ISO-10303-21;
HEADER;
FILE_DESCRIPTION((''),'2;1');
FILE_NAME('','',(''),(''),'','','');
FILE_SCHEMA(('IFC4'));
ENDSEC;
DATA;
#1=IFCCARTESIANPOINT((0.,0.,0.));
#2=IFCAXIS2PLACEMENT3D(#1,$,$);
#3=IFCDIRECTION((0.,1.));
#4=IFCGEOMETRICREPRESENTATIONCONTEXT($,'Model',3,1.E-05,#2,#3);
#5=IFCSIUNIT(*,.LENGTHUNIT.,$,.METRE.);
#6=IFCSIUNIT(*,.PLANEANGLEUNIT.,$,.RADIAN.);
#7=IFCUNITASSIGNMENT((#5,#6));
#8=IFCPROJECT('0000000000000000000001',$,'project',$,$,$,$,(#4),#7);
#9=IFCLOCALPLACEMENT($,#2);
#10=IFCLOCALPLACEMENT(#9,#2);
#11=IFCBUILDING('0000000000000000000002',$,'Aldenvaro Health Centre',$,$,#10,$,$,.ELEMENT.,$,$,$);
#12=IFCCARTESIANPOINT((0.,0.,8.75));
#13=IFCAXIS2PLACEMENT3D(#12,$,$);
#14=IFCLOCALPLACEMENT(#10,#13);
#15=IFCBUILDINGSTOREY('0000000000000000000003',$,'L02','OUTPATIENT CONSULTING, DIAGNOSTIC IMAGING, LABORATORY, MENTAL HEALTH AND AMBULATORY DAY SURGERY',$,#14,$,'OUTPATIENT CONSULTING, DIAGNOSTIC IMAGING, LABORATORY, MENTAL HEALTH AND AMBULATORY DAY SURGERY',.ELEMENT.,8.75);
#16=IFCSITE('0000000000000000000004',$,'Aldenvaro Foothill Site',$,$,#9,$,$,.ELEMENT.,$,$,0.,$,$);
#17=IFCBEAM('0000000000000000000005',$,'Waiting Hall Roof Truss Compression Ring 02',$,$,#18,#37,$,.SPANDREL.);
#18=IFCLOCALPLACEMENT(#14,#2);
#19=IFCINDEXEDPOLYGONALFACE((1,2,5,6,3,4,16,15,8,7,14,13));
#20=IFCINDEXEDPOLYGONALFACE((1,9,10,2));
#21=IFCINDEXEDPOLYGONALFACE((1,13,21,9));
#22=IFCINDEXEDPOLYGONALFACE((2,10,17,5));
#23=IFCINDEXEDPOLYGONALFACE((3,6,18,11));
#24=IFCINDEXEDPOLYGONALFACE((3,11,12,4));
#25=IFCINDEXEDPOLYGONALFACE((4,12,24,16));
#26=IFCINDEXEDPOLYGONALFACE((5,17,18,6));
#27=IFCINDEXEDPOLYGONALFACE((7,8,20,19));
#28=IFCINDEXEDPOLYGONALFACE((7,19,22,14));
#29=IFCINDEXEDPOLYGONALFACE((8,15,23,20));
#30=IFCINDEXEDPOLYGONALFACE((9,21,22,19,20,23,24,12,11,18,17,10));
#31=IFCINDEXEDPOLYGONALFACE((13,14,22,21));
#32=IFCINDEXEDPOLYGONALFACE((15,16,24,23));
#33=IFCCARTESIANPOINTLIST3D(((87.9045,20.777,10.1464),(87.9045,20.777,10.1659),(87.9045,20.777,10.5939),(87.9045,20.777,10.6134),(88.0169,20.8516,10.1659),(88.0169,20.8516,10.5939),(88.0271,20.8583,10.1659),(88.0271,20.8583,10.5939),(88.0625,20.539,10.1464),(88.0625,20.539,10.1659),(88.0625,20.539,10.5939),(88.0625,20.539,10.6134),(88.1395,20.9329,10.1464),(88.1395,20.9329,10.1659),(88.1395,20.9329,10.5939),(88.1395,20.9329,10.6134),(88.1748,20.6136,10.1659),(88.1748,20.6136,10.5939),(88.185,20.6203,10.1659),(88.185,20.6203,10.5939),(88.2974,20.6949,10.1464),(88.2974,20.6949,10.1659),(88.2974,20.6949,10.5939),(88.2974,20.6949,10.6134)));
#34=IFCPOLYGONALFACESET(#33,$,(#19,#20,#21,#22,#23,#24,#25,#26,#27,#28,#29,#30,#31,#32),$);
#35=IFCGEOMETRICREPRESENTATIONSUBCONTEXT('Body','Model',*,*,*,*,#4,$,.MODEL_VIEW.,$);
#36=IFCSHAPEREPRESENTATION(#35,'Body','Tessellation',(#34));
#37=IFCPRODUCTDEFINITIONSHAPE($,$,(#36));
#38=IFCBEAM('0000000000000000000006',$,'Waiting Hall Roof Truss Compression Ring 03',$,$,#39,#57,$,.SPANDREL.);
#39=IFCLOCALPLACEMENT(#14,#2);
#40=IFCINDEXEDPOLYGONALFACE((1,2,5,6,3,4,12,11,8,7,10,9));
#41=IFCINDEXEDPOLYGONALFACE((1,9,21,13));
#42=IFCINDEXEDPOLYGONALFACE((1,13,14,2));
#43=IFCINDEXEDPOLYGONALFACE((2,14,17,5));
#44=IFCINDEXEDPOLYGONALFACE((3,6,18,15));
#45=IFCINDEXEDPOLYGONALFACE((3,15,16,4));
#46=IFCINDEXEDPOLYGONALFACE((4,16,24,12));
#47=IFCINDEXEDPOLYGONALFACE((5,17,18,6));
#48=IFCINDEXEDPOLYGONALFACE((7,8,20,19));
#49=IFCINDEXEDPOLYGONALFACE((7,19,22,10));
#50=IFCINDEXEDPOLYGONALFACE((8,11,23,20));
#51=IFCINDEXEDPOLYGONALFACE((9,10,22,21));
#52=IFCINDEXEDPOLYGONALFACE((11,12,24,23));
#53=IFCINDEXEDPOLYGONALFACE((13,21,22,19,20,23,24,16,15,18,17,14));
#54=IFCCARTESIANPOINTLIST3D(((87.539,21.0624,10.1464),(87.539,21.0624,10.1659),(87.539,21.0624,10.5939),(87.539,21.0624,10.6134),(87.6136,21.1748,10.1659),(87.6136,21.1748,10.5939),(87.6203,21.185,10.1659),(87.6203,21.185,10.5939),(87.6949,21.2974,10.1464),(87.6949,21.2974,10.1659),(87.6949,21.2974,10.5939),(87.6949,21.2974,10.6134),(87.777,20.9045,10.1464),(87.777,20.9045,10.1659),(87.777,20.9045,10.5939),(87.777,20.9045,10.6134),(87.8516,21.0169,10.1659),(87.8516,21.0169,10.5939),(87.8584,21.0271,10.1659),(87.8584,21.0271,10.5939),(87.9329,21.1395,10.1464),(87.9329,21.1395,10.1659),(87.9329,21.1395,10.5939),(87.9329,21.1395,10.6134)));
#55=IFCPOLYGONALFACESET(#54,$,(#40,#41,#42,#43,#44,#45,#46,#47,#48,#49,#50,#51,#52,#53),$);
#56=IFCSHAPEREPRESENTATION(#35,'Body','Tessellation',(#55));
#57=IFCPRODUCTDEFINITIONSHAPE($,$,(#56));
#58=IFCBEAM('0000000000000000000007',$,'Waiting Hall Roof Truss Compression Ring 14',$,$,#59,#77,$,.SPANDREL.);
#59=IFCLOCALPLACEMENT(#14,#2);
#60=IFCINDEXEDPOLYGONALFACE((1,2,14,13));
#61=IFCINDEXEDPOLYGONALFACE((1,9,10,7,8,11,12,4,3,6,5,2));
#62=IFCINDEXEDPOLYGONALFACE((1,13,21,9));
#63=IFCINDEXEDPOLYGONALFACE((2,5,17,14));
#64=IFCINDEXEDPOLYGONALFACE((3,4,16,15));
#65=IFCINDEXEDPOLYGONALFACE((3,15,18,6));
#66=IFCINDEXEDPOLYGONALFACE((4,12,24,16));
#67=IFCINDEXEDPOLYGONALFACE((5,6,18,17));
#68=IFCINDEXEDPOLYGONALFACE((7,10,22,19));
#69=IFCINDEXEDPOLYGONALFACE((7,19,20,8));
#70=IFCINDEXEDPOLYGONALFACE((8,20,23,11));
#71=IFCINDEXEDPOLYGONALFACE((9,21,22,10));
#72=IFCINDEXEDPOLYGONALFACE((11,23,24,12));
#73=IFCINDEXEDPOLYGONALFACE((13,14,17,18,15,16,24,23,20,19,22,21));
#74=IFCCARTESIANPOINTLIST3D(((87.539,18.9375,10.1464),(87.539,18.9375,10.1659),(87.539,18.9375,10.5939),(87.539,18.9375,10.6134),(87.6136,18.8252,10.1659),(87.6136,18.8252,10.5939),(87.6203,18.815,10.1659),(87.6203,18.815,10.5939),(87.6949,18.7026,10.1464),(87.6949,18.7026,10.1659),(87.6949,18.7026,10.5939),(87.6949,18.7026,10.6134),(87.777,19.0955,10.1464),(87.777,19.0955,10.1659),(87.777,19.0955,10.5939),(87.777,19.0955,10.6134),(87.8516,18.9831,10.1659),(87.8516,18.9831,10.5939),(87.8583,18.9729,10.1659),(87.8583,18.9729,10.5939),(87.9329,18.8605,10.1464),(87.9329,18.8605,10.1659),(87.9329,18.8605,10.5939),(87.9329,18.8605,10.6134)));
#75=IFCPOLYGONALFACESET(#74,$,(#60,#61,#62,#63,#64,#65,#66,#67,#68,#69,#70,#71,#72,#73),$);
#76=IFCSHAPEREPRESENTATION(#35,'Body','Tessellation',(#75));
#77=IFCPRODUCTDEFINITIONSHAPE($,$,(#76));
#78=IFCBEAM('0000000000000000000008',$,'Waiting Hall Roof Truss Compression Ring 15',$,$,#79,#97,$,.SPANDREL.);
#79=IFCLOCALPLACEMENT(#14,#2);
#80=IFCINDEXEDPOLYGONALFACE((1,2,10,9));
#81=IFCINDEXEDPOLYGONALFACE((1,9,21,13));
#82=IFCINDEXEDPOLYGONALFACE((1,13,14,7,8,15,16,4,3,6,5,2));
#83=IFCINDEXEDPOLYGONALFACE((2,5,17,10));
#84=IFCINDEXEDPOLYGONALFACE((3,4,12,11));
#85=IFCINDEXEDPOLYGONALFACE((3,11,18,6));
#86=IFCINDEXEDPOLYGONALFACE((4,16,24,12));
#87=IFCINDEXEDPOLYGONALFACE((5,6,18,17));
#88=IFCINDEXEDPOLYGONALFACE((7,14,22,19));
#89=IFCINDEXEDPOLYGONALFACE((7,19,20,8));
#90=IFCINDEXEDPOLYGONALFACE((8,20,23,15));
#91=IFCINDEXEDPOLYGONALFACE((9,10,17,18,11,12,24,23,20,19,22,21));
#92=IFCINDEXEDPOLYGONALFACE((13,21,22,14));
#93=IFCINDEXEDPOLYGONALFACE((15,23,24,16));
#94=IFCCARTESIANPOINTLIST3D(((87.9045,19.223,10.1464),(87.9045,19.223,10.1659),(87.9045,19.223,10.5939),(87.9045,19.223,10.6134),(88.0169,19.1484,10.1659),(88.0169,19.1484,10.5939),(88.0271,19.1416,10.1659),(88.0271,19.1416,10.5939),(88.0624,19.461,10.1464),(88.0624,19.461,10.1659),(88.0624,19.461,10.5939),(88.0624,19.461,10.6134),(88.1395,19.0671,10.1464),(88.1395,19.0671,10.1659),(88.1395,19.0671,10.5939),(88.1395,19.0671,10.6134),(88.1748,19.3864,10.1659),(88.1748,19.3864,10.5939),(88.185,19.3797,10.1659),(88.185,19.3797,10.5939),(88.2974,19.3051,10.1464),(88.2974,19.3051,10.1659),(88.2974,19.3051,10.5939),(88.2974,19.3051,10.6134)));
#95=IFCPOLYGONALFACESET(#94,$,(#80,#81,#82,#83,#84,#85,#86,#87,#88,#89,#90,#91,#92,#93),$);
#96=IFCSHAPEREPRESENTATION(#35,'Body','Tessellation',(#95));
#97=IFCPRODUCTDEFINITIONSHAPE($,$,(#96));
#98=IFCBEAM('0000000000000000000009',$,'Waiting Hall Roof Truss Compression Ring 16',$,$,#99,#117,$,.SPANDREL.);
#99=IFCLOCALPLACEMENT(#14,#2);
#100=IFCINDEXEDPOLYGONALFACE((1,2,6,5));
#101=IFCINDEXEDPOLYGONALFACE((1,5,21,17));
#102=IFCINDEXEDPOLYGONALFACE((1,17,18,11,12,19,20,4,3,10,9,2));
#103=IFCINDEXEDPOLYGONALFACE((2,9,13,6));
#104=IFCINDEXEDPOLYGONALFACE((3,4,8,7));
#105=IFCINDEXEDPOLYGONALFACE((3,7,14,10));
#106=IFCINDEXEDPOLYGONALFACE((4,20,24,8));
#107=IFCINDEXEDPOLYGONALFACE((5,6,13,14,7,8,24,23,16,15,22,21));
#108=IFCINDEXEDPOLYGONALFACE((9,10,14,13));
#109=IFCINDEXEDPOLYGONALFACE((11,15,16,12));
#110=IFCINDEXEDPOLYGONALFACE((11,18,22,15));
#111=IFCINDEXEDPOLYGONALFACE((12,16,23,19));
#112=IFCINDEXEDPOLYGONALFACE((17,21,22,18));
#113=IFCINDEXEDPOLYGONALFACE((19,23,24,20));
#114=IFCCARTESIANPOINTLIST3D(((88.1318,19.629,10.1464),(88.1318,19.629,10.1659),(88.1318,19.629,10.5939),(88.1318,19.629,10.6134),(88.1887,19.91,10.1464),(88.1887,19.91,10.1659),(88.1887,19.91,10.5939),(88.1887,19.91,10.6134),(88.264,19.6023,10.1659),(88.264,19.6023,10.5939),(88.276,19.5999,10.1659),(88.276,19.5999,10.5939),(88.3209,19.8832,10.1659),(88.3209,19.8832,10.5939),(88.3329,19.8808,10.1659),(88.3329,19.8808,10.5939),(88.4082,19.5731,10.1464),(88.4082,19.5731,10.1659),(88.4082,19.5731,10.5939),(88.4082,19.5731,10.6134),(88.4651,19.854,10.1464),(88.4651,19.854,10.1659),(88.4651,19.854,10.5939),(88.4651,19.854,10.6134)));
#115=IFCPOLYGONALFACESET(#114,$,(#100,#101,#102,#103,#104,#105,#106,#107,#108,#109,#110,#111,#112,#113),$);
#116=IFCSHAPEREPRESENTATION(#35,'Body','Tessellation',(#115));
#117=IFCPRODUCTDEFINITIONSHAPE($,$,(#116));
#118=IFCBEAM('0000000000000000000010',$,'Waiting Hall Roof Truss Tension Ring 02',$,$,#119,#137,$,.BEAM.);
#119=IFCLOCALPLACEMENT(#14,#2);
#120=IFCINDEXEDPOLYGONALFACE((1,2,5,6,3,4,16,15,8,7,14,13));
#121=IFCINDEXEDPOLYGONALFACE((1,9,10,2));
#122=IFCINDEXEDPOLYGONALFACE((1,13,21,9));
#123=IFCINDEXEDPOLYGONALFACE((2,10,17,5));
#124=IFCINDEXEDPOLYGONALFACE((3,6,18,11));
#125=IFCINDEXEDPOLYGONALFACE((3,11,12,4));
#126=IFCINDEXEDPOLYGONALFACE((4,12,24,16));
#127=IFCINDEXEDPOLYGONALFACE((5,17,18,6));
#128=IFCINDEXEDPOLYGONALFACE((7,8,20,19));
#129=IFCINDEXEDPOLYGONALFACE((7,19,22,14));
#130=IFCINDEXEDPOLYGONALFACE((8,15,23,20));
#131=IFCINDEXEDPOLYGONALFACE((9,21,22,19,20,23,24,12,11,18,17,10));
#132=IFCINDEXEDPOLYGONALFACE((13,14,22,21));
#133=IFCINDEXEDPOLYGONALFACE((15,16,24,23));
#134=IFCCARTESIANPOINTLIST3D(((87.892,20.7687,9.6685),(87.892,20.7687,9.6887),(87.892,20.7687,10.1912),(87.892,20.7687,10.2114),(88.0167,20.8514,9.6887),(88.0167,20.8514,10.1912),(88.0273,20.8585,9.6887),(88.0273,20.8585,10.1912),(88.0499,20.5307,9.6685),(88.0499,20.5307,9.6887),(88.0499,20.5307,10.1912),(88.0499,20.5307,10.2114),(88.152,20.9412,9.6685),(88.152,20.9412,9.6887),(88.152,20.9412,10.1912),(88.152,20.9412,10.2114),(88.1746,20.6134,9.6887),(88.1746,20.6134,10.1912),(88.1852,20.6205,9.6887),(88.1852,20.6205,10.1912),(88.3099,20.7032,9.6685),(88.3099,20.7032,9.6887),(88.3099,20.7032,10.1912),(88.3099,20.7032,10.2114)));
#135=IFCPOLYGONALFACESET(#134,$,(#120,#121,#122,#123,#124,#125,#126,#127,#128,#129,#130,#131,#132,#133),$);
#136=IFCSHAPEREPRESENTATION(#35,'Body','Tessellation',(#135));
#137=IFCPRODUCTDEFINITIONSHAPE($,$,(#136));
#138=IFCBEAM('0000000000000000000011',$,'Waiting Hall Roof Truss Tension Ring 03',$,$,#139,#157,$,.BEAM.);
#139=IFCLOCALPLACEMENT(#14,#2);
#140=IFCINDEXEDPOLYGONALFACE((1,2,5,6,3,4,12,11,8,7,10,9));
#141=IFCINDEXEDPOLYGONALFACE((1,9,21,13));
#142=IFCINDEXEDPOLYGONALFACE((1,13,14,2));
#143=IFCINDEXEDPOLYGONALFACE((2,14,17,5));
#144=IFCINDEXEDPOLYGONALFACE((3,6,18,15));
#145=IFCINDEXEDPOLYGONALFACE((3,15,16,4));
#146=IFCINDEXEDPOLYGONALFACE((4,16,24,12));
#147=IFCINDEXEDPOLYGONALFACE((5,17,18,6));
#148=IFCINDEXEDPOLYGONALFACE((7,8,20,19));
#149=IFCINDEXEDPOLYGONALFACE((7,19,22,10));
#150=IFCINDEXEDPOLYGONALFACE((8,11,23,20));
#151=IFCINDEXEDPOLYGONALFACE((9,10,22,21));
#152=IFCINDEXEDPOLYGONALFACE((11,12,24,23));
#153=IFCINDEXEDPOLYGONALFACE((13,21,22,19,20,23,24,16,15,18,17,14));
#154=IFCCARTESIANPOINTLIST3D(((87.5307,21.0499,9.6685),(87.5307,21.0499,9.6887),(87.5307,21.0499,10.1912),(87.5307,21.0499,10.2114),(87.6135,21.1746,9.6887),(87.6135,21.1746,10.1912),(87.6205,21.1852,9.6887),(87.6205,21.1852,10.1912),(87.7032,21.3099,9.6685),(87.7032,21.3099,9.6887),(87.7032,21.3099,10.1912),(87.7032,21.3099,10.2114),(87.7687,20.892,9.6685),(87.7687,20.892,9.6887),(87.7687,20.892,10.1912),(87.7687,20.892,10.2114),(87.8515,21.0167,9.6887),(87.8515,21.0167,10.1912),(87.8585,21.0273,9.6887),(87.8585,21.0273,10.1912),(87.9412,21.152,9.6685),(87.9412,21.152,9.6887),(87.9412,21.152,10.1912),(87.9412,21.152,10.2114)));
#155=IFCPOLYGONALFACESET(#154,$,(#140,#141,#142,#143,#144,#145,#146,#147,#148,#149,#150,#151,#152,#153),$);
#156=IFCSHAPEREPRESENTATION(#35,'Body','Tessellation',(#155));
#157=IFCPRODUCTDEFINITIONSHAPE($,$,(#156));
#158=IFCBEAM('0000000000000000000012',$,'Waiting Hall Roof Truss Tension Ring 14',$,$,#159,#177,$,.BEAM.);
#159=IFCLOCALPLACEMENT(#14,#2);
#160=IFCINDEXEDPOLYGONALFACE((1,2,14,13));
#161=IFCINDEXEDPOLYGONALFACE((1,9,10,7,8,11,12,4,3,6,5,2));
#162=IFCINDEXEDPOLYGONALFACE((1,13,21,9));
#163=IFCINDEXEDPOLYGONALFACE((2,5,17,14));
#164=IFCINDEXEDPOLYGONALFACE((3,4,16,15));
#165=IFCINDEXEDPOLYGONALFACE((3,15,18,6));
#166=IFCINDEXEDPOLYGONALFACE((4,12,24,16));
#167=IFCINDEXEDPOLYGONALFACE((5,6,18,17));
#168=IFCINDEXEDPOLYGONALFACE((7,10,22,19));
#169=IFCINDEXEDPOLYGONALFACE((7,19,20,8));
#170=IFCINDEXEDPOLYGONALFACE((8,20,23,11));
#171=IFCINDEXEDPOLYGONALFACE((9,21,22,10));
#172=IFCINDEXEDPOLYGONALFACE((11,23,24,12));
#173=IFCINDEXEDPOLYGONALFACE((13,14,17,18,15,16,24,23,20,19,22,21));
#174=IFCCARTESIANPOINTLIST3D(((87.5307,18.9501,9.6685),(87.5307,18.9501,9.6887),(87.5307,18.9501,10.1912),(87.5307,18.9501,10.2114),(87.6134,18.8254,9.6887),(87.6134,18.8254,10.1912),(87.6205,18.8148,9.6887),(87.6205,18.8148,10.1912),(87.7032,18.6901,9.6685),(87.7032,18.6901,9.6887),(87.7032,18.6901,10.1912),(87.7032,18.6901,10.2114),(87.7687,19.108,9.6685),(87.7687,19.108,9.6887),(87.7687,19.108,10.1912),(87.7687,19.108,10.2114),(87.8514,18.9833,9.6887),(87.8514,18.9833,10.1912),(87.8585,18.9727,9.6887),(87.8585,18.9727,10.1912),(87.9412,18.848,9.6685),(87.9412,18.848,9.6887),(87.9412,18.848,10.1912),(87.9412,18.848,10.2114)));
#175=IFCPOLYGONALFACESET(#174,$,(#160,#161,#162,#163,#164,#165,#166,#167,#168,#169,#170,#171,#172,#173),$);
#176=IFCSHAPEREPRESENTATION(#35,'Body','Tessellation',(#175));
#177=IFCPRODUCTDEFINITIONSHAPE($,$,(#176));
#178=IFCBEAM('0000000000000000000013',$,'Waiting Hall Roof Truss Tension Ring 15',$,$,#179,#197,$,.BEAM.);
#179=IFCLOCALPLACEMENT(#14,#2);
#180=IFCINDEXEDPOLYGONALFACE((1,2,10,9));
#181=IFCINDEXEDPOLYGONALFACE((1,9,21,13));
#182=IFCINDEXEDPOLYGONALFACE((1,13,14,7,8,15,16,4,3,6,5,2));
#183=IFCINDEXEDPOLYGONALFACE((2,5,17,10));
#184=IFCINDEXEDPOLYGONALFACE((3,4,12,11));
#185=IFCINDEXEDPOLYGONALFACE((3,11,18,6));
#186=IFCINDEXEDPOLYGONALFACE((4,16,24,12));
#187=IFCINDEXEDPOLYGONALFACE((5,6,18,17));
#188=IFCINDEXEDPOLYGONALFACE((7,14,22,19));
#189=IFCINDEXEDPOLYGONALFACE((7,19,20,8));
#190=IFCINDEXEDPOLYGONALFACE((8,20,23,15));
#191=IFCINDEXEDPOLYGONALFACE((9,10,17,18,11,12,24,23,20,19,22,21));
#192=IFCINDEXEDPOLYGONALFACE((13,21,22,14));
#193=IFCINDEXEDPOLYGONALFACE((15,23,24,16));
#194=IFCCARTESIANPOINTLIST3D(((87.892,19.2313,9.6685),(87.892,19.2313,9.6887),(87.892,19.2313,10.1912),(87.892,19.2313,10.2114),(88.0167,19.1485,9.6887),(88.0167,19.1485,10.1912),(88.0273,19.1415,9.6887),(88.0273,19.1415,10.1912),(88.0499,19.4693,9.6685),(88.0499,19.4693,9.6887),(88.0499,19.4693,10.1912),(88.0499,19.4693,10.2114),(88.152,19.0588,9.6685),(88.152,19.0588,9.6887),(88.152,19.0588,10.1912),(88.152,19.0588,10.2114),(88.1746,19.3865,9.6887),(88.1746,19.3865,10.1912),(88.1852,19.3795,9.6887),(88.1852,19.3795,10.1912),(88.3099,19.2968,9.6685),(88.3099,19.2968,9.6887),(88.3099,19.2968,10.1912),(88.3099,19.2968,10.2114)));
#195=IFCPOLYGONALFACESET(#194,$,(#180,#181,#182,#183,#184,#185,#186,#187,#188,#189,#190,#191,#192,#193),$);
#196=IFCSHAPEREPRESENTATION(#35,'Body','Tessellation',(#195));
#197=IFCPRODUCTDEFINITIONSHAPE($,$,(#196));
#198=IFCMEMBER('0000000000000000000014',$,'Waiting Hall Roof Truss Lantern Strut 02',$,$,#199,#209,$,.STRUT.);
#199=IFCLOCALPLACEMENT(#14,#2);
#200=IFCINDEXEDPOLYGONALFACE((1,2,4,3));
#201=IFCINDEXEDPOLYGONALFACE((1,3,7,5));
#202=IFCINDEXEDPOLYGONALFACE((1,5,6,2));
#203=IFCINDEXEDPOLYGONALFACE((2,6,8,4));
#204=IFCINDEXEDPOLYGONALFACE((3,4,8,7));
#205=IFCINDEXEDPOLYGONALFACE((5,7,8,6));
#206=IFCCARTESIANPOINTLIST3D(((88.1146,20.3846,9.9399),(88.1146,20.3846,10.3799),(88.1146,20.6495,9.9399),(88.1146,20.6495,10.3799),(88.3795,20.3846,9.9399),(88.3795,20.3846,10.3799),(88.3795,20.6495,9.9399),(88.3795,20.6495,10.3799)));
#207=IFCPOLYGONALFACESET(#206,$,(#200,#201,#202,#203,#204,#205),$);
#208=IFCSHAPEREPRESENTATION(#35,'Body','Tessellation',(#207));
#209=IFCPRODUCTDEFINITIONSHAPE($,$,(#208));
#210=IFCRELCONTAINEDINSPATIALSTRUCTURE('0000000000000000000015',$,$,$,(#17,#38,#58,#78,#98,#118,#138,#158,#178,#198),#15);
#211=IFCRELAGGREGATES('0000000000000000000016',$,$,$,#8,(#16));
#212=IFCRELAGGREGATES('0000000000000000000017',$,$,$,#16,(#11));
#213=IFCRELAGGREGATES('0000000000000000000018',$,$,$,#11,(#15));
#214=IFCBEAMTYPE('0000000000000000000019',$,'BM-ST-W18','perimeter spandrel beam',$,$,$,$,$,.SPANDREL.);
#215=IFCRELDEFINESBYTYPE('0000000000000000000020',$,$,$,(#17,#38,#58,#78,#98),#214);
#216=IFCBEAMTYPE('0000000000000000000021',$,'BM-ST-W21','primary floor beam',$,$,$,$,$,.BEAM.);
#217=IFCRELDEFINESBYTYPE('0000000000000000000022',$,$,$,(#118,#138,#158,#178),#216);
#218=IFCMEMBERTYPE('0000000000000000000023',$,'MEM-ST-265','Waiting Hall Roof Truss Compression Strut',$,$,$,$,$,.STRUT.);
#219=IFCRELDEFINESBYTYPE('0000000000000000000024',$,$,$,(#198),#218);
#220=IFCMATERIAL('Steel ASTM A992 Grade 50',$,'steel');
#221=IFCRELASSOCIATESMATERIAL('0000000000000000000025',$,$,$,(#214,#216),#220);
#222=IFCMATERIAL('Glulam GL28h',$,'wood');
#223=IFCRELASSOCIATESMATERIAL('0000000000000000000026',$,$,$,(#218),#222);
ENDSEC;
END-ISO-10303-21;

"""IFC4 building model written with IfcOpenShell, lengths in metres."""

from ifc_helpers import new_model, si_unit, direction, frame, origin, origin_2d, place, context, subcontext, project, spatial, rectangle, i_section, extrude, material, material_profile, profile_set, type_object, element, save


model = new_model("IFC4")

# Units and contexts
model_context = context("Model", 3, precision=1e-05, world=origin(), true_north=direction((0.0, 1.0)))
body_context = subcontext(model_context, "Body", "Model", "MODEL_VIEW")
ifc_project = project(units=[si_unit("LENGTHUNIT", "METRE"), si_unit("PLANEANGLEUNIT", "RADIAN")], contexts=[model_context])

# Site, building, storey
site_placement = place(None, origin())
site = spatial("IfcSite", under=ifc_project, at=site_placement, Name="Aldenvaro Foothill Site", CompositionType="ELEMENT", RefElevation=0.0)
building_placement = place(site_placement, origin())
building = spatial("IfcBuilding", under=site, at=building_placement, Name="Aldenvaro Health Centre", CompositionType="ELEMENT")
storey_placement = place(building_placement, frame((0.0, 0.0, 8.75)))
storey = spatial("IfcBuildingStorey", under=building, at=storey_placement, Name="L02", Description="OUTPATIENT CONSULTING, DIAGNOSTIC IMAGING, LABORATORY, MENTAL HEALTH AND AMBULATORY DAY SURGERY", LongName="OUTPATIENT CONSULTING, DIAGNOSTIC IMAGING, LABORATORY, MENTAL HEALTH AND AMBULATORY DAY SURGERY", CompositionType="ELEMENT", Elevation=8.75)

# Beams
ifc_material_1 = material(Name="Steel ASTM A992 Grade 50", Category="steel")
ifc_material_profile_1 = material_profile(ifc_material_1, i_section(OverallWidth=0.282, OverallDepth=0.467, WebThickness=0.0122, FlangeThickness=0.0195, at=origin_2d()), Name="W18X86", Category="steel")
ifc_profile_set_1 = profile_set([ifc_material_profile_1], Name="Steel ASTM A992 Grade 50")
beam_type_1 = type_object("IfcBeamType", Name="BM-ST-W18", Description="perimeter spandrel beam", PredefinedType="SPANDREL", material=ifc_profile_set_1)
for number, where, z_axis, x_axis, name in (
    (1, (88.1799, 20.6169, 10.3799), (-0.552924, 0.833232, 0.0), (-0.833232, -0.552924, 0.0), "Waiting Hall Roof Truss Compression Ring 02"),
    (2, (87.855, 21.022, 10.3799), (-0.833232, 0.552924, 0.0), (-0.552924, -0.833232, 0.0), "Waiting Hall Roof Truss Compression Ring 03"),
    (3, (87.6169, 18.8201, 10.3799), (0.833232, 0.552924, 0.0), (-0.552924, 0.833232, 0.0), "Waiting Hall Roof Truss Compression Ring 14"),
    (4, (88.022, 19.145, 10.3799), (0.552924, 0.833232, 0.0), (-0.833232, 0.552924, 0.0), "Waiting Hall Roof Truss Compression Ring 15"),
):
    element("IfcBeam", number, at=place(storey_placement, frame(where, z_axis=z_axis, x_axis=x_axis)), inside=storey, type_object=beam_type_1, Name=name, PredefinedType="SPANDREL", context=body_context, shape_type="SweptSolid", body=[
        extrude(i_section(OverallWidth=0.282, OverallDepth=0.467, WebThickness=0.0122, FlangeThickness=0.0195, at=origin_2d()), origin(), (0.0, 0.0, 1.0), 0.2856),
    ])
beam_placement = place(storey_placement, frame((88.27, 19.6011, 10.3799), z_axis=(0.198408, 0.980119, 0.0), x_axis=(-0.980119, 0.198408, 0.0)))
element("IfcBeam", 5, at=beam_placement, inside=storey, type_object=beam_type_1, Name="Waiting Hall Roof Truss Compression Ring 16", PredefinedType="SPANDREL", context=body_context, shape_type="SweptSolid", body=[
    extrude(i_section(OverallWidth=0.282, OverallDepth=0.467, WebThickness=0.0122, FlangeThickness=0.0195, at=origin_2d()), origin(), (0.0, 0.0, 1.0), 0.2866),
])
ifc_material_profile_2 = material_profile(ifc_material_1, i_section(OverallWidth=0.312, OverallDepth=0.543, WebThickness=0.0127, FlangeThickness=0.0203, at=origin_2d()), Name="W21X101", Category="steel")
ifc_profile_set_2 = profile_set([ifc_material_profile_2], Name="Steel ASTM A992 Grade 50")
beam_type_2 = type_object("IfcBeamType", Name="BM-ST-W21", Description="primary floor beam", PredefinedType="BEAM", material=ifc_profile_set_2)
for number, where, z_axis, x_axis, name in (
    (6, (88.1799, 20.6169, 9.9399), (-0.552924, 0.833232, 0.0), (-0.833232, -0.552924, 0.0), "Waiting Hall Roof Truss Tension Ring 02"),
    (7, (87.855, 21.022, 9.9399), (-0.833232, 0.552924, 0.0), (-0.552924, -0.833232, 0.0), "Waiting Hall Roof Truss Tension Ring 03"),
    (8, (87.6169, 18.8201, 9.9399), (0.833232, 0.552924, 0.0), (-0.552924, 0.833232, 0.0), "Waiting Hall Roof Truss Tension Ring 14"),
    (9, (88.022, 19.145, 9.9399), (0.552924, 0.833232, 0.0), (-0.833232, 0.552924, 0.0), "Waiting Hall Roof Truss Tension Ring 15"),
):
    element("IfcBeam", number, at=place(storey_placement, frame(where, z_axis=z_axis, x_axis=x_axis)), inside=storey, type_object=beam_type_2, Name=name, PredefinedType="BEAM", context=body_context, shape_type="SweptSolid", body=[
        extrude(i_section(OverallWidth=0.312, OverallDepth=0.543, WebThickness=0.0127, FlangeThickness=0.0203, at=origin_2d()), origin(), (0.0, 0.0, 1.0), 0.2856),
    ])

# Member
ifc_material_2 = material(Name="Glulam GL28h", Category="wood")
ifc_material_profile_3 = material_profile(ifc_material_2, rectangle(XDim=0.2649, YDim=0.2649, at=origin_2d()), Name="GL 265x265", Category="wood")
ifc_profile_set_3 = profile_set([ifc_material_profile_3], Name="Glulam GL28h")
member_type = type_object("IfcMemberType", Name="MEM-ST-265", Description="Waiting Hall Roof Truss Compression Strut", PredefinedType="STRUT", material=ifc_profile_set_3)
for number, where, z_axis, x_axis, name in (
    (10, (88.2471, 20.5171, 9.9399), (0.0, 0.0, 1.0), (1.0, 0.0, 0.0), "Waiting Hall Roof Truss Lantern Strut 02"),
):
    element("IfcMember", number, at=place(storey_placement, frame(where, z_axis=z_axis, x_axis=x_axis)), inside=storey, type_object=member_type, Name=name, PredefinedType="STRUT", context=body_context, shape_type="SweptSolid", body=[
        extrude(rectangle(XDim=0.2649, YDim=0.2649, at=origin_2d()), origin(), (0.0, 0.0, 1.0), 0.4399),
    ])

save(model, "model.ifc")
